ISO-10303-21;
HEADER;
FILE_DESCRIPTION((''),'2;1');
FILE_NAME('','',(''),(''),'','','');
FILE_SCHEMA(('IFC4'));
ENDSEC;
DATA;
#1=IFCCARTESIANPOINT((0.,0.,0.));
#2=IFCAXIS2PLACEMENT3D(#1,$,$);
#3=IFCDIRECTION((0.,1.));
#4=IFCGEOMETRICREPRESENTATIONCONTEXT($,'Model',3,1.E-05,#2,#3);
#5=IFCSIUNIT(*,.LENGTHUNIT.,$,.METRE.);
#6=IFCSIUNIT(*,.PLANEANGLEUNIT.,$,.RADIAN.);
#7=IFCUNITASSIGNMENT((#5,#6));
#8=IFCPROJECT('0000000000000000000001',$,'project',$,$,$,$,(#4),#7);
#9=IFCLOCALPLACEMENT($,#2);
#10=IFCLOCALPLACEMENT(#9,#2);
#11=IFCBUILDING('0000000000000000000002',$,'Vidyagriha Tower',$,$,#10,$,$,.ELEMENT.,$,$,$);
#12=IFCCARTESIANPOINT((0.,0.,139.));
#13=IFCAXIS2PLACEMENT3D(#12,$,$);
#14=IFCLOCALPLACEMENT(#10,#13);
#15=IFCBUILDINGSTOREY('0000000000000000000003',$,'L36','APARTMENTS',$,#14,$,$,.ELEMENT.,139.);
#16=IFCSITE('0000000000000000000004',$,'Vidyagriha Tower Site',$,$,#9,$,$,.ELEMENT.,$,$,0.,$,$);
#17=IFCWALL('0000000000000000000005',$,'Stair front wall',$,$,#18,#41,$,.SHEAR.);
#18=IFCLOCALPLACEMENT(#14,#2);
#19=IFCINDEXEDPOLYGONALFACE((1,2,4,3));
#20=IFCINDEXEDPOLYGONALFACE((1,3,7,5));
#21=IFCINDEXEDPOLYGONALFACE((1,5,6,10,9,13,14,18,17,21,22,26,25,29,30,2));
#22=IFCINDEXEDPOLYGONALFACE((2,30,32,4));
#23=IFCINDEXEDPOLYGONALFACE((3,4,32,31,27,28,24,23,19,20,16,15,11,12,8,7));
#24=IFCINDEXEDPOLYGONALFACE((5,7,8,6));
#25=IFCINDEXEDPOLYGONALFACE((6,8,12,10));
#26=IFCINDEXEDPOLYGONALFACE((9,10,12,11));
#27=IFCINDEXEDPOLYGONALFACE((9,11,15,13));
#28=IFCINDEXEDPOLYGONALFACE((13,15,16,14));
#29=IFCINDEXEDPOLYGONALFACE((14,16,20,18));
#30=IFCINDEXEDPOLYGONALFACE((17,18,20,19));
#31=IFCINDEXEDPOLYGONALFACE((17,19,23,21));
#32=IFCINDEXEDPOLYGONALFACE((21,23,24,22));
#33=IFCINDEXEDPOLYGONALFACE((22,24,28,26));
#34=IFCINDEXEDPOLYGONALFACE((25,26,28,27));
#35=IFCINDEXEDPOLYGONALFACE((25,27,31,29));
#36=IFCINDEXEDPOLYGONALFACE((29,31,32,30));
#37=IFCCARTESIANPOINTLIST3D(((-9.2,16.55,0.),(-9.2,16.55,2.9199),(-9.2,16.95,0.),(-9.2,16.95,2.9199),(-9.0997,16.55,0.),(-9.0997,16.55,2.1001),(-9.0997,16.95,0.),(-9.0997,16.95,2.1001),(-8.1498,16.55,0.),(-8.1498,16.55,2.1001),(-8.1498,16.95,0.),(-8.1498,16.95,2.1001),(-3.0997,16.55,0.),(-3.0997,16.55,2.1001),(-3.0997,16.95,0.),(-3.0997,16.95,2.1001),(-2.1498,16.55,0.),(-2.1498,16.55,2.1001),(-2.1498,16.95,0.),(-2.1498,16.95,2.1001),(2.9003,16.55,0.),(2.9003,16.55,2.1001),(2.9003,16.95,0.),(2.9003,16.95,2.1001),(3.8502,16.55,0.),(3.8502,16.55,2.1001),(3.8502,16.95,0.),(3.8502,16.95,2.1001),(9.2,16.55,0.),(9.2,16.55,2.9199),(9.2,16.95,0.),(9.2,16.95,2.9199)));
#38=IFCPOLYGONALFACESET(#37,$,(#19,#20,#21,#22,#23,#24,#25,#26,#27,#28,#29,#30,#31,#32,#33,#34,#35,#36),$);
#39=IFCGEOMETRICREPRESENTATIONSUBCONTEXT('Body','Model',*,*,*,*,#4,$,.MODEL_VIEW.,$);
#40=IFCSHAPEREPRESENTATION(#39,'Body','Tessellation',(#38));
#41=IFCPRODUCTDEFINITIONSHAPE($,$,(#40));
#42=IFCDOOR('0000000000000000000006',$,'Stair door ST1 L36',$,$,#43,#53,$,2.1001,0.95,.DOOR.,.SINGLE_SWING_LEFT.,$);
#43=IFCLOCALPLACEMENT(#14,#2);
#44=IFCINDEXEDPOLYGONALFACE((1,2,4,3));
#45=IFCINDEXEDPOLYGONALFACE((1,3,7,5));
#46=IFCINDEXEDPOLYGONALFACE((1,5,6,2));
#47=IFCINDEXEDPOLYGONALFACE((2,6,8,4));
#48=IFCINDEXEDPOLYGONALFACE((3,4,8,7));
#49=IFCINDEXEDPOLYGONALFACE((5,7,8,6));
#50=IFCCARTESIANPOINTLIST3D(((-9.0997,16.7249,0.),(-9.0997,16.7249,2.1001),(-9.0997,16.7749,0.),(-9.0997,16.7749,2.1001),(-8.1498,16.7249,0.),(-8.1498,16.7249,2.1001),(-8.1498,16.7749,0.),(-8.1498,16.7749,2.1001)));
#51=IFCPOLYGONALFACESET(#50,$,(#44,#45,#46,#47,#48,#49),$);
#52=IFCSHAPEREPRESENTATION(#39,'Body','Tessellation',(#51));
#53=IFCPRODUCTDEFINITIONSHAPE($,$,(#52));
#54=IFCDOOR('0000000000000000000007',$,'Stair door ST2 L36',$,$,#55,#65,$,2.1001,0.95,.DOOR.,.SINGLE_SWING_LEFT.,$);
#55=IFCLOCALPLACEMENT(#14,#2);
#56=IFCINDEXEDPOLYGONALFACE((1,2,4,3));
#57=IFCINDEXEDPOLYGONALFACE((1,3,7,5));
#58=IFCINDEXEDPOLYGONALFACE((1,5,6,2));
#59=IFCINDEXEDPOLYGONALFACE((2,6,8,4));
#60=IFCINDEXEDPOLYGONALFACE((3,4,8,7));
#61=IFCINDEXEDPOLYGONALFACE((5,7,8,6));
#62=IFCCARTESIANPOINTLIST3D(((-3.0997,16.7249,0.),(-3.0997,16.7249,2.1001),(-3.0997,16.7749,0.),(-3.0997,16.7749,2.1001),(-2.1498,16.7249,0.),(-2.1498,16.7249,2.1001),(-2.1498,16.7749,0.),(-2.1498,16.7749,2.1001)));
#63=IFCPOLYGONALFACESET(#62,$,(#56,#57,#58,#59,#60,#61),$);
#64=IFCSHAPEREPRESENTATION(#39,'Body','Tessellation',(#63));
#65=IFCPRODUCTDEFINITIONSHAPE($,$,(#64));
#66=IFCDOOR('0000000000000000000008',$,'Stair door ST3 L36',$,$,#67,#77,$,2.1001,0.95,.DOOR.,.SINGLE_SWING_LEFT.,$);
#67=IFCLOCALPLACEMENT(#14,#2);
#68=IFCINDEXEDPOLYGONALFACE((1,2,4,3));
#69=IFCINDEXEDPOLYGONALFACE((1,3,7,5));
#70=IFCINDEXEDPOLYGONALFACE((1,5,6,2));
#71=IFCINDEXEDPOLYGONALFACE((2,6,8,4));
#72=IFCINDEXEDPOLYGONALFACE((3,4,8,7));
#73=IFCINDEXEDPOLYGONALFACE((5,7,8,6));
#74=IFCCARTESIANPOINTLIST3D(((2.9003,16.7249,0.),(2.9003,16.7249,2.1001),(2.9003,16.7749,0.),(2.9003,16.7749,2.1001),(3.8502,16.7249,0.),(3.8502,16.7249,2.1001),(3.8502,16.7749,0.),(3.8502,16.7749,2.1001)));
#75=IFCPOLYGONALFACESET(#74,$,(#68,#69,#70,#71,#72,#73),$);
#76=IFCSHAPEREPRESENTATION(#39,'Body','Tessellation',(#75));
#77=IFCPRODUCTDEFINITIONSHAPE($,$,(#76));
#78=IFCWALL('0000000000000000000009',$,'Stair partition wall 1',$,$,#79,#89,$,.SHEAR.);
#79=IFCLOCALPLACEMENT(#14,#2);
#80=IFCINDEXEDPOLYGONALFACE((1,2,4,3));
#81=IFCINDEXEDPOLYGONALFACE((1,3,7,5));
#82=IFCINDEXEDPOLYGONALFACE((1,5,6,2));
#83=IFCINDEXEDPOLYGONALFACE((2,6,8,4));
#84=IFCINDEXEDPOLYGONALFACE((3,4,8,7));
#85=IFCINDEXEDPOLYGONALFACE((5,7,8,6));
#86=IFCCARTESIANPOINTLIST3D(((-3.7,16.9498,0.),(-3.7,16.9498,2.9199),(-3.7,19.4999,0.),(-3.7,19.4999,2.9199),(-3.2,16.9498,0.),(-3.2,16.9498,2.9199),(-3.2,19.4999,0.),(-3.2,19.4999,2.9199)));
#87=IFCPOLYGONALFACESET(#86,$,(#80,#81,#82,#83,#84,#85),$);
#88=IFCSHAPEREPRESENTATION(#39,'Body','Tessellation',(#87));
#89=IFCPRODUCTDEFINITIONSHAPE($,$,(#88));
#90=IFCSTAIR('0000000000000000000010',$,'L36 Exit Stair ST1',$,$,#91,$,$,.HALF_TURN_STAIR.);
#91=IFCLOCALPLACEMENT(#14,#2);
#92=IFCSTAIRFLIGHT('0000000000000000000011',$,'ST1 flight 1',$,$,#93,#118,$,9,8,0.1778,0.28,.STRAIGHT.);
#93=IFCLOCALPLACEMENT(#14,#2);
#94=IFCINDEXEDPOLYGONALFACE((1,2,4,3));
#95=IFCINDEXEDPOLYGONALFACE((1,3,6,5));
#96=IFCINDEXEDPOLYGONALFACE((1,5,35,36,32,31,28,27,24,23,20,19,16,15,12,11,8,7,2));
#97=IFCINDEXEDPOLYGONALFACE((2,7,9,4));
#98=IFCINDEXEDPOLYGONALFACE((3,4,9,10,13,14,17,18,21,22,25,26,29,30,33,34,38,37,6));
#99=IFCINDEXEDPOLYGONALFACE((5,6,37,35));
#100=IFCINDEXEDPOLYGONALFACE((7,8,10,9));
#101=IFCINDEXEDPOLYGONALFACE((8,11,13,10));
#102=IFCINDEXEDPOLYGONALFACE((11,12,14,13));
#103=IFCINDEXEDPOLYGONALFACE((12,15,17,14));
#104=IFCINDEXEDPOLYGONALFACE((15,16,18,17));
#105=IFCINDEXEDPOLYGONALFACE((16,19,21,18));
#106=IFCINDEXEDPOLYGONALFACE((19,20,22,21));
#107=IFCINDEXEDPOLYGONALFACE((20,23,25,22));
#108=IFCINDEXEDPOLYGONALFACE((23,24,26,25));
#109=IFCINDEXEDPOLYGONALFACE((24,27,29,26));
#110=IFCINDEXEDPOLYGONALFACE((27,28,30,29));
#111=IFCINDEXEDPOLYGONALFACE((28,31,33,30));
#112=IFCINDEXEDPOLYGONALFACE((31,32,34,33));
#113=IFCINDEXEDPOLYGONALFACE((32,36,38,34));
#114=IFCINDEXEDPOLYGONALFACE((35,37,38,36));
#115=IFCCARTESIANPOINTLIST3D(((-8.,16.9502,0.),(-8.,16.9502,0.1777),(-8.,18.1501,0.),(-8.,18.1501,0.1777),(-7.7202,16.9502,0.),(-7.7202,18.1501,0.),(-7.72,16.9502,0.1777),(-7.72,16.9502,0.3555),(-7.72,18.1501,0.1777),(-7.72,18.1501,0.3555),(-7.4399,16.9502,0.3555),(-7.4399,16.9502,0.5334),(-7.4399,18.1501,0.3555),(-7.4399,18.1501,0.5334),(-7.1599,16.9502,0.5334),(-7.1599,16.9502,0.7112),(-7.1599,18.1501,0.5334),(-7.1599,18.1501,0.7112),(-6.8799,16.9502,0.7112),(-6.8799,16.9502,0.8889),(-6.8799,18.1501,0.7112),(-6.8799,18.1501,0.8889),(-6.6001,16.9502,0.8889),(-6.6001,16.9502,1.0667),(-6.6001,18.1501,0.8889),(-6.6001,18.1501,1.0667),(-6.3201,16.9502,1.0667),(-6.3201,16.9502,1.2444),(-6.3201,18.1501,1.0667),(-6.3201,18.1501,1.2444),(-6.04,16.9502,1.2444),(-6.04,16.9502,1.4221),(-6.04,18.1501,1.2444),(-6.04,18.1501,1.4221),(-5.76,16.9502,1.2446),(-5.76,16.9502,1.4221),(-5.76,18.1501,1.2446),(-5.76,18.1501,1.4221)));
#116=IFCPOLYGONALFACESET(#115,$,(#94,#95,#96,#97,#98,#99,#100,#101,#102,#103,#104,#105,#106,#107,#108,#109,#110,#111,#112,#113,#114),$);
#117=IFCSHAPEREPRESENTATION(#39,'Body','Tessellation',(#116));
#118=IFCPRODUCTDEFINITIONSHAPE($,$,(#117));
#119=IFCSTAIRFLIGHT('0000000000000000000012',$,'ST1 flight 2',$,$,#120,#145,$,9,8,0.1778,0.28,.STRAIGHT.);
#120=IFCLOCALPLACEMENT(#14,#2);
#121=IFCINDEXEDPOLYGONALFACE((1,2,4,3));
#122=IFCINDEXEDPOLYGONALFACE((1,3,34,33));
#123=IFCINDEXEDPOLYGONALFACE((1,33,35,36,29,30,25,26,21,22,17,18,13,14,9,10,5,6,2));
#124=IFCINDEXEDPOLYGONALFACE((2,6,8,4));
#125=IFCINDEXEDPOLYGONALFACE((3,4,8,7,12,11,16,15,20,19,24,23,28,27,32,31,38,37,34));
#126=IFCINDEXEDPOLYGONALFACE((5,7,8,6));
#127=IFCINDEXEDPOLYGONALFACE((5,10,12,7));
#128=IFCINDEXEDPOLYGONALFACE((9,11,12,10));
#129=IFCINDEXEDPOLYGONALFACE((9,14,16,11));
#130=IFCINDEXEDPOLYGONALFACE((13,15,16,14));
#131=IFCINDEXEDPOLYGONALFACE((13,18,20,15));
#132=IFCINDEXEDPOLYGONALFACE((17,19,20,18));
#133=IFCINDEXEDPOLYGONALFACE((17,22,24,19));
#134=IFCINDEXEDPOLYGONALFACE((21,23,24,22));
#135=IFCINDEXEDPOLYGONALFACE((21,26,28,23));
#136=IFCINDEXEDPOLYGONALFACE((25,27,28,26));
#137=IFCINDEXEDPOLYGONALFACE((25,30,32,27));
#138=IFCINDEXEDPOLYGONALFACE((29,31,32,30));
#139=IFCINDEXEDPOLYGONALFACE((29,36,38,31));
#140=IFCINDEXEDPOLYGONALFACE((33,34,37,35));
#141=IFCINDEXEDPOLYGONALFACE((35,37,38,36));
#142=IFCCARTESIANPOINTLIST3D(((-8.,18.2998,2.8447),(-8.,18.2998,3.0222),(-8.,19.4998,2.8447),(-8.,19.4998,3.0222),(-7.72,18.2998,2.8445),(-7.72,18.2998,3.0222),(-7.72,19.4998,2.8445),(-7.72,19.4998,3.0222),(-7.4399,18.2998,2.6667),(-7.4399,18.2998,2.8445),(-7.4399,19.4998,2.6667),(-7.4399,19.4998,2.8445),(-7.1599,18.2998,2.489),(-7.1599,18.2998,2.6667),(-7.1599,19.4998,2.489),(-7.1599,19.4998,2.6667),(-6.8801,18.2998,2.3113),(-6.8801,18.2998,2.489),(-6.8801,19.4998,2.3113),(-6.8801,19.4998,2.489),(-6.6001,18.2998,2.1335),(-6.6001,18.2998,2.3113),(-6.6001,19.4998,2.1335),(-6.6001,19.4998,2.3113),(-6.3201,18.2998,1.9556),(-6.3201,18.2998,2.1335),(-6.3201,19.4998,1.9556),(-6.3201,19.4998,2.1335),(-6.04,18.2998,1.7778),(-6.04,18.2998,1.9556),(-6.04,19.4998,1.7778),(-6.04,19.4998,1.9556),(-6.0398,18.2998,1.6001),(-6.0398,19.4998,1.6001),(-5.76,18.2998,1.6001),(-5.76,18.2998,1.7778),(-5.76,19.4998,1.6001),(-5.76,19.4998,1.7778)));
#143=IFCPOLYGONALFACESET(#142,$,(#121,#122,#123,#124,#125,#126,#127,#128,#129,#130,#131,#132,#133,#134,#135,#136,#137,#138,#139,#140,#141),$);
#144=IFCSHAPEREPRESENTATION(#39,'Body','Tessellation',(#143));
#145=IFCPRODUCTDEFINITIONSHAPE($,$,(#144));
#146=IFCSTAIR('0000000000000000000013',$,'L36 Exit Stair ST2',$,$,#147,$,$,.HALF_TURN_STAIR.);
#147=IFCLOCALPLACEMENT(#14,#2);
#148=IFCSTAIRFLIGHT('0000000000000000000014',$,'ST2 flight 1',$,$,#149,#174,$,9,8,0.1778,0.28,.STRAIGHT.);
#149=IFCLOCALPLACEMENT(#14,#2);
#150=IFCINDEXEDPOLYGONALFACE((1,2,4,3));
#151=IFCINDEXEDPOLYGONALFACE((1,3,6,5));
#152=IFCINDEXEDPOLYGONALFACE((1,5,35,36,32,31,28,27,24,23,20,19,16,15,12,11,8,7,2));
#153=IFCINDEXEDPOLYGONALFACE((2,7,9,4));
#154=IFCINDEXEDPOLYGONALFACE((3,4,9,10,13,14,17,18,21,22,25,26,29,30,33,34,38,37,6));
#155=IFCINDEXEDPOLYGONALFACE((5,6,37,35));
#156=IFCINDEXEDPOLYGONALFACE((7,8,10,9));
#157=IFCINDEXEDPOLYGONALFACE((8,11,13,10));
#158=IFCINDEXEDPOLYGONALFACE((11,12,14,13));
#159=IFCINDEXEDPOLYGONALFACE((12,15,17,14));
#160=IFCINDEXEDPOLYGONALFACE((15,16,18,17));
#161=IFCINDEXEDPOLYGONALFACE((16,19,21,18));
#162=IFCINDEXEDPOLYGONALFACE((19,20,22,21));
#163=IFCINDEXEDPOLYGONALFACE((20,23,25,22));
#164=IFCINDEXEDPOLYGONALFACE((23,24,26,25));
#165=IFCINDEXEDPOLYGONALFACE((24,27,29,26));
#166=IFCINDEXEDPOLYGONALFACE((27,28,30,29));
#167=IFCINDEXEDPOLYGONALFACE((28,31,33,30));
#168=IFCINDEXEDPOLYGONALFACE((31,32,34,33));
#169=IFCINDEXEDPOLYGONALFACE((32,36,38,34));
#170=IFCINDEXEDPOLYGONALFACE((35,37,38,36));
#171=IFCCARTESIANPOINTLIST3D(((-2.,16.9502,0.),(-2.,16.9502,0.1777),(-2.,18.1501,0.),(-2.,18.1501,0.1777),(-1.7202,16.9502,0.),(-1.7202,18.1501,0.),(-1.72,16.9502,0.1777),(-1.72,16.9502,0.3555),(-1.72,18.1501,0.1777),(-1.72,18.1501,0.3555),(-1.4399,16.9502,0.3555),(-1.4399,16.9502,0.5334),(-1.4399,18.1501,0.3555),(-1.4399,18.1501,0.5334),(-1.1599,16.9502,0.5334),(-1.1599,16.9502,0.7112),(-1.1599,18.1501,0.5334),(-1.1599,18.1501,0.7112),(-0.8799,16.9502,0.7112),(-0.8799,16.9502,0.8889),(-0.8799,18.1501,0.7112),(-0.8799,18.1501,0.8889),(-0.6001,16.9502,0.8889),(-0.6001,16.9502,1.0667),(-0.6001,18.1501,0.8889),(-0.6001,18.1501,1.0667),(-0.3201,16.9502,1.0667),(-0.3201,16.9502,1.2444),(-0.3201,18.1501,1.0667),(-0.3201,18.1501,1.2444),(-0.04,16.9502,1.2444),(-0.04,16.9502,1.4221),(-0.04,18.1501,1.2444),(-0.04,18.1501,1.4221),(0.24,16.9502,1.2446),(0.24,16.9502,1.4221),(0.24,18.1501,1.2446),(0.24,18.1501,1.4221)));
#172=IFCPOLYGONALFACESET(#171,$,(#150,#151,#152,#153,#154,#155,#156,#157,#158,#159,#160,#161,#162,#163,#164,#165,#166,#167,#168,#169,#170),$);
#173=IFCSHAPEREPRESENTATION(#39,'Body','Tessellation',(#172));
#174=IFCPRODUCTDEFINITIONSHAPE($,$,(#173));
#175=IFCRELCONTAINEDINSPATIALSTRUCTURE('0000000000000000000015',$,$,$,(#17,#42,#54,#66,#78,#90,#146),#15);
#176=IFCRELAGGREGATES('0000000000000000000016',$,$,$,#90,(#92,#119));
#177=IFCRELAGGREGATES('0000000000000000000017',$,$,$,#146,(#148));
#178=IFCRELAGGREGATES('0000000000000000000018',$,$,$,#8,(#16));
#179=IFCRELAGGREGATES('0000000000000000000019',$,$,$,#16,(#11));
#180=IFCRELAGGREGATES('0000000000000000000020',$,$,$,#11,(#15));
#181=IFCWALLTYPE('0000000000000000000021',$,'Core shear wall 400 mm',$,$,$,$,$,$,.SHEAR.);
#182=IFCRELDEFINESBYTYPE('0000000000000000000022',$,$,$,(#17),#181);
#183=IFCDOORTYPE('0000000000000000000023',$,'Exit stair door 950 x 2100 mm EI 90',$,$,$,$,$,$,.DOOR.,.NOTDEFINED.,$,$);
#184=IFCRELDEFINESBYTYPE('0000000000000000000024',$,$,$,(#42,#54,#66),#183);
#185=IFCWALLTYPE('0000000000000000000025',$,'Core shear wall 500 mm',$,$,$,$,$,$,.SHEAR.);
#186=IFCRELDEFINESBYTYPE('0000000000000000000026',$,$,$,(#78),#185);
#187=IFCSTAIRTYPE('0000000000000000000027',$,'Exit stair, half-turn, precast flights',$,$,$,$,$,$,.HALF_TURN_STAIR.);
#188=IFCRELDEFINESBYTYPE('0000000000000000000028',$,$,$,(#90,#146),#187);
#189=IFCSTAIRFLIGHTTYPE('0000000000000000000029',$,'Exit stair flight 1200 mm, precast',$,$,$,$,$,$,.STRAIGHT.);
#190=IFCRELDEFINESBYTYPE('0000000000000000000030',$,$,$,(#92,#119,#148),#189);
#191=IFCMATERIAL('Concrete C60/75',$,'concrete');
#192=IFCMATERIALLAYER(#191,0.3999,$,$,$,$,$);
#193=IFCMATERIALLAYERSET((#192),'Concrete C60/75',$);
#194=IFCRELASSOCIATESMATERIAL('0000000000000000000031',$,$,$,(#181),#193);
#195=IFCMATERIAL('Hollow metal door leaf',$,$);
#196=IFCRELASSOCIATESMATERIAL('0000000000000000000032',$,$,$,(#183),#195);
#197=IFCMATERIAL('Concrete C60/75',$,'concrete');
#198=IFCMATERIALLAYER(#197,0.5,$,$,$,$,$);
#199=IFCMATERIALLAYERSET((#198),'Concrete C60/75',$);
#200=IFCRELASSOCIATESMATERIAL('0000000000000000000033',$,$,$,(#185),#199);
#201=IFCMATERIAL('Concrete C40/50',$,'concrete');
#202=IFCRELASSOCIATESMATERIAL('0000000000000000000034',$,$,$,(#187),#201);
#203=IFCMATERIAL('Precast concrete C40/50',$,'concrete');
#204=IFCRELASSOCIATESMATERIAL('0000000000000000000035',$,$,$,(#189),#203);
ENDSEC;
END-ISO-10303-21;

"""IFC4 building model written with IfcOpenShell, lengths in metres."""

from ifc_helpers import new_model, si_unit, direction, frame, frame_2d, origin, place, context, subcontext, project, spatial, polyline, rectangle, outline, extrude, material, layer, layer_set, type_object, element, fill, aggregate, save


model = new_model("IFC4")

# Units and contexts
model_context = context("Model", 3, precision=1e-05, world=origin(), true_north=direction((0.0, 1.0)))
body_context = subcontext(model_context, "Body", "Model", "MODEL_VIEW")
ifc_project = project(units=[si_unit("LENGTHUNIT", "METRE"), si_unit("PLANEANGLEUNIT", "RADIAN")], contexts=[model_context])

# Site, building, storey
site_placement = place(None, origin())
site = spatial("IfcSite", under=ifc_project, at=site_placement, Name="Vidyagriha Tower Site", CompositionType="ELEMENT", RefElevation=0.0)
building_placement = place(site_placement, origin())
building = spatial("IfcBuilding", under=site, at=building_placement, Name="Vidyagriha Tower", CompositionType="ELEMENT")
storey_placement = place(building_placement, frame((0.0, 0.0, 139.0)))
storey = spatial("IfcBuildingStorey", under=building, at=storey_placement, Name="L36", Description="APARTMENTS", CompositionType="ELEMENT", Elevation=139.0)

# Shared definitions
ifc_material_1 = material(Name="Concrete C60/75", Category="concrete")
ifc_layer_1 = layer(ifc_material_1, 0.3999)
ifc_layer_set_1 = layer_set([ifc_layer_1], Name="Concrete C60/75")
wall_type_1 = type_object("IfcWallType", Name="Core shear wall 400 mm", PredefinedType="SHEAR", material=ifc_layer_set_1)

# Wall, openings, doors
wall_1_placement = place(storey_placement, frame((-9.2, 16.75, 0.0)))
wall_1 = element("IfcWall", 1, at=wall_1_placement, inside=storey, type_object=wall_type_1, Name="Stair front wall", PredefinedType="SHEAR", context=body_context, shape_type="SweptSolid", body=[
    extrude(rectangle(XDim=18.3999, YDim=0.3999, at=frame_2d((9.2, 0.0))), origin(), (0.0, 0.0, 1.0), 2.9199),
])
opening_1_placement = place(wall_1_placement, frame((0.1001, 0.0, 0.0)))
opening_1 = element("IfcOpeningElement", 2, at=opening_1_placement, cuts=wall_1, PredefinedType="OPENING", context=body_context, shape_type="SweptSolid", body=[
    extrude(rectangle(XDim=0.95, YDim=2.1001, at=frame_2d((0.4751, 1.05))), frame((0.0, 0.21, 0.0), z_axis=(0.0, -1.0, 0.0), x_axis=(1.0, 0.0, 0.0)), (0.0, 0.0, 1.0), 0.4199),
])
opening_2_placement = place(wall_1_placement, frame((6.1001, 0.0, 0.0)))
opening_2 = element("IfcOpeningElement", 3, at=opening_2_placement, cuts=wall_1, PredefinedType="OPENING", context=body_context, shape_type="SweptSolid", body=[
    extrude(rectangle(XDim=0.95, YDim=2.1001, at=frame_2d((0.4751, 1.05))), frame((0.0, 0.21, 0.0), z_axis=(0.0, -1.0, 0.0), x_axis=(1.0, 0.0, 0.0)), (0.0, 0.0, 1.0), 0.4199),
])
opening_3_placement = place(wall_1_placement, frame((12.1001, 0.0, 0.0)))
opening_3 = element("IfcOpeningElement", 4, at=opening_3_placement, cuts=wall_1, PredefinedType="OPENING", context=body_context, shape_type="SweptSolid", body=[
    extrude(rectangle(XDim=0.95, YDim=2.1001, at=frame_2d((0.4751, 1.05))), frame((0.0, 0.21, 0.0), z_axis=(0.0, -1.0, 0.0), x_axis=(1.0, 0.0, 0.0)), (0.0, 0.0, 1.0), 0.4199),
])
ifc_material_2 = material(Name="Hollow metal door leaf")
door_type_1 = type_object("IfcDoorType", Name="Exit stair door 950 x 2100 mm EI 90", OperationType="NOTDEFINED", PredefinedType="DOOR", material=ifc_material_2)
door_1_placement = place(opening_1_placement, origin())
door_1 = element("IfcDoor", 5, at=door_1_placement, inside=storey, type_object=door_type_1, Name="Stair door ST1 L36", OperationType="SINGLE_SWING_LEFT", OverallHeight=2.1001, OverallWidth=0.95, PredefinedType="DOOR", context=body_context, shape_type="SweptSolid", body=[
    extrude(rectangle(XDim=0.95, YDim=2.1001, at=frame_2d((0.4751, 1.05))), frame((0.0, 0.0249, 0.0), z_axis=(0.0, -1.0, 0.0), x_axis=(1.0, 0.0, 0.0)), (0.0, 0.0, 1.0), 0.05),
])
fill(opening_1, door_1)
door_2_placement = place(opening_2_placement, origin())
door_2 = element("IfcDoor", 6, at=door_2_placement, inside=storey, type_object=door_type_1, Name="Stair door ST2 L36", OperationType="SINGLE_SWING_LEFT", OverallHeight=2.1001, OverallWidth=0.95, PredefinedType="DOOR", context=body_context, shape_type="SweptSolid", body=[
    extrude(rectangle(XDim=0.95, YDim=2.1001, at=frame_2d((0.4751, 1.05))), frame((0.0, 0.0249, 0.0), z_axis=(0.0, -1.0, 0.0), x_axis=(1.0, 0.0, 0.0)), (0.0, 0.0, 1.0), 0.05),
])
fill(opening_2, door_2)
door_3_placement = place(opening_3_placement, origin())
door_3 = element("IfcDoor", 7, at=door_3_placement, inside=storey, type_object=door_type_1, Name="Stair door ST3 L36", OperationType="SINGLE_SWING_LEFT", OverallHeight=2.1001, OverallWidth=0.95, PredefinedType="DOOR", context=body_context, shape_type="SweptSolid", body=[
    extrude(rectangle(XDim=0.95, YDim=2.1001, at=frame_2d((0.4751, 1.05))), frame((0.0, 0.0249, 0.0), z_axis=(0.0, -1.0, 0.0), x_axis=(1.0, 0.0, 0.0)), (0.0, 0.0, 1.0), 0.05),
])
fill(opening_3, door_3)

# Wall
ifc_material_3 = material(Name="Concrete C60/75", Category="concrete")
ifc_layer_2 = layer(ifc_material_3, 0.5)
ifc_layer_set_2 = layer_set([ifc_layer_2], Name="Concrete C60/75")
wall_type_2 = type_object("IfcWallType", Name="Core shear wall 500 mm", PredefinedType="SHEAR", material=ifc_layer_set_2)
wall_2_placement = place(storey_placement, frame((-3.45, 16.95, 0.0), z_axis=(0.0, 0.0, 1.0), x_axis=(0.0, 1.0, 0.0)))
element("IfcWall", 8, at=wall_2_placement, inside=storey, type_object=wall_type_2, Name="Stair partition wall 1", PredefinedType="SHEAR", context=body_context, shape_type="SweptSolid", body=[
    extrude(rectangle(XDim=2.55, YDim=0.5, at=frame_2d((1.2749, 0.0))), origin(), (0.0, 0.0, 1.0), 2.9199),
])

# Stair, stair flights
ifc_material_4 = material(Name="Concrete C40/50", Category="concrete")
stair_type = type_object("IfcStairType", Name="Exit stair, half-turn, precast flights", PredefinedType="HALF_TURN_STAIR", material=ifc_material_4)
stair_1_placement = place(storey_placement, origin())
stair_1 = element("IfcStair", 9, at=stair_1_placement, inside=storey, type_object=stair_type, Name="L36 Exit Stair ST1", PredefinedType="HALF_TURN_STAIR")
ifc_material_5 = material(Name="Precast concrete C40/50", Category="concrete")
stair_flight_type = type_object("IfcStairFlightType", Name="Exit stair flight 1200 mm, precast", PredefinedType="STRAIGHT", material=ifc_material_5)
stair_flight_1_placement = place(storey_placement, frame((-8.0, 17.55, 0.0)))
stair_flight_1 = element("IfcStairFlight", 10, at=stair_flight_1_placement, type_object=stair_flight_type, Name="ST1 flight 1", NumberOfRisers=9, NumberOfTreads=8, PredefinedType="STRAIGHT", RiserHeight=0.1778, TreadLength=0.28, context=body_context, shape_type="SweptSolid", body=[
    extrude(outline(polyline([(0.0, 0.0), (0.0, 0.1777), (0.28, 0.1777), (0.28, 0.3555), (0.5601, 0.3555), (0.5601, 0.5334), (0.8401, 0.5334), (0.8401, 0.7112), (1.1201, 0.7112), (1.1201, 0.8889), (1.3999, 0.8889), (1.3999, 1.0667), (1.6799, 1.0667), (1.6799, 1.2444), (1.96, 1.2444), (1.96, 1.4221), (2.24, 1.4221), (2.24, 1.6001), (2.24, 1.2446), (0.2798, 0.0), (0.0, 0.0)])), frame((0.0, 0.6001, 0.0), z_axis=(0.0, -1.0, 0.0), x_axis=(1.0, 0.0, 0.0)), (0.0, 0.0, 1.0), 1.2),
])
stair_flight_2_placement = place(storey_placement, frame((-5.76, 18.8999, 1.6001), z_axis=(0.0, 0.0, 1.0), x_axis=(-1.0, 0.0, 0.0)))
stair_flight_2 = element("IfcStairFlight", 11, at=stair_flight_2_placement, type_object=stair_flight_type, Name="ST1 flight 2", NumberOfRisers=9, NumberOfTreads=8, PredefinedType="STRAIGHT", RiserHeight=0.1778, TreadLength=0.28, context=body_context, shape_type="SweptSolid", body=[
    extrude(outline(polyline([(0.0, 0.0), (0.0, 0.1777), (0.28, 0.1777), (0.28, 0.3555), (0.5601, 0.3555), (0.5601, 0.5334), (0.8401, 0.5334), (0.8401, 0.7112), (1.1201, 0.7112), (1.1201, 0.8889), (1.3999, 0.8889), (1.3999, 1.0667), (1.6799, 1.0667), (1.6799, 1.2444), (1.96, 1.2444), (1.96, 1.4221), (2.24, 1.4221), (2.24, 1.6001), (2.24, 1.2446), (0.2798, 0.0), (0.0, 0.0)])), frame((0.0, 0.6001, 0.0), z_axis=(0.0, -1.0, 0.0), x_axis=(1.0, 0.0, 0.0)), (0.0, 0.0, 1.0), 1.2),
])
aggregate(stair_1, [stair_flight_1, stair_flight_2])

# Stair, stair flight
stair_2_placement = place(storey_placement, origin())
stair_2 = element("IfcStair", 12, at=stair_2_placement, inside=storey, type_object=stair_type, Name="L36 Exit Stair ST2", PredefinedType="HALF_TURN_STAIR")
stair_flight_3_placement = place(storey_placement, frame((-2.0, 17.55, 0.0)))
stair_flight_3 = element("IfcStairFlight", 13, at=stair_flight_3_placement, type_object=stair_flight_type, Name="ST2 flight 1", NumberOfRisers=9, NumberOfTreads=8, PredefinedType="STRAIGHT", RiserHeight=0.1778, TreadLength=0.28, context=body_context, shape_type="SweptSolid", body=[
    extrude(outline(polyline([(0.0, 0.0), (0.0, 0.1777), (0.28, 0.1777), (0.28, 0.3555), (0.5601, 0.3555), (0.5601, 0.5334), (0.8401, 0.5334), (0.8401, 0.7112), (1.1201, 0.7112), (1.1201, 0.8889), (1.3999, 0.8889), (1.3999, 1.0667), (1.6799, 1.0667), (1.6799, 1.2444), (1.96, 1.2444), (1.96, 1.4221), (2.24, 1.4221), (2.24, 1.6001), (2.24, 1.2446), (0.2798, 0.0), (0.0, 0.0)])), frame((0.0, 0.6001, 0.0), z_axis=(0.0, -1.0, 0.0), x_axis=(1.0, 0.0, 0.0)), (0.0, 0.0, 1.0), 1.2),
])
aggregate(stair_2, [stair_flight_3])

save(model, "model.ifc")
